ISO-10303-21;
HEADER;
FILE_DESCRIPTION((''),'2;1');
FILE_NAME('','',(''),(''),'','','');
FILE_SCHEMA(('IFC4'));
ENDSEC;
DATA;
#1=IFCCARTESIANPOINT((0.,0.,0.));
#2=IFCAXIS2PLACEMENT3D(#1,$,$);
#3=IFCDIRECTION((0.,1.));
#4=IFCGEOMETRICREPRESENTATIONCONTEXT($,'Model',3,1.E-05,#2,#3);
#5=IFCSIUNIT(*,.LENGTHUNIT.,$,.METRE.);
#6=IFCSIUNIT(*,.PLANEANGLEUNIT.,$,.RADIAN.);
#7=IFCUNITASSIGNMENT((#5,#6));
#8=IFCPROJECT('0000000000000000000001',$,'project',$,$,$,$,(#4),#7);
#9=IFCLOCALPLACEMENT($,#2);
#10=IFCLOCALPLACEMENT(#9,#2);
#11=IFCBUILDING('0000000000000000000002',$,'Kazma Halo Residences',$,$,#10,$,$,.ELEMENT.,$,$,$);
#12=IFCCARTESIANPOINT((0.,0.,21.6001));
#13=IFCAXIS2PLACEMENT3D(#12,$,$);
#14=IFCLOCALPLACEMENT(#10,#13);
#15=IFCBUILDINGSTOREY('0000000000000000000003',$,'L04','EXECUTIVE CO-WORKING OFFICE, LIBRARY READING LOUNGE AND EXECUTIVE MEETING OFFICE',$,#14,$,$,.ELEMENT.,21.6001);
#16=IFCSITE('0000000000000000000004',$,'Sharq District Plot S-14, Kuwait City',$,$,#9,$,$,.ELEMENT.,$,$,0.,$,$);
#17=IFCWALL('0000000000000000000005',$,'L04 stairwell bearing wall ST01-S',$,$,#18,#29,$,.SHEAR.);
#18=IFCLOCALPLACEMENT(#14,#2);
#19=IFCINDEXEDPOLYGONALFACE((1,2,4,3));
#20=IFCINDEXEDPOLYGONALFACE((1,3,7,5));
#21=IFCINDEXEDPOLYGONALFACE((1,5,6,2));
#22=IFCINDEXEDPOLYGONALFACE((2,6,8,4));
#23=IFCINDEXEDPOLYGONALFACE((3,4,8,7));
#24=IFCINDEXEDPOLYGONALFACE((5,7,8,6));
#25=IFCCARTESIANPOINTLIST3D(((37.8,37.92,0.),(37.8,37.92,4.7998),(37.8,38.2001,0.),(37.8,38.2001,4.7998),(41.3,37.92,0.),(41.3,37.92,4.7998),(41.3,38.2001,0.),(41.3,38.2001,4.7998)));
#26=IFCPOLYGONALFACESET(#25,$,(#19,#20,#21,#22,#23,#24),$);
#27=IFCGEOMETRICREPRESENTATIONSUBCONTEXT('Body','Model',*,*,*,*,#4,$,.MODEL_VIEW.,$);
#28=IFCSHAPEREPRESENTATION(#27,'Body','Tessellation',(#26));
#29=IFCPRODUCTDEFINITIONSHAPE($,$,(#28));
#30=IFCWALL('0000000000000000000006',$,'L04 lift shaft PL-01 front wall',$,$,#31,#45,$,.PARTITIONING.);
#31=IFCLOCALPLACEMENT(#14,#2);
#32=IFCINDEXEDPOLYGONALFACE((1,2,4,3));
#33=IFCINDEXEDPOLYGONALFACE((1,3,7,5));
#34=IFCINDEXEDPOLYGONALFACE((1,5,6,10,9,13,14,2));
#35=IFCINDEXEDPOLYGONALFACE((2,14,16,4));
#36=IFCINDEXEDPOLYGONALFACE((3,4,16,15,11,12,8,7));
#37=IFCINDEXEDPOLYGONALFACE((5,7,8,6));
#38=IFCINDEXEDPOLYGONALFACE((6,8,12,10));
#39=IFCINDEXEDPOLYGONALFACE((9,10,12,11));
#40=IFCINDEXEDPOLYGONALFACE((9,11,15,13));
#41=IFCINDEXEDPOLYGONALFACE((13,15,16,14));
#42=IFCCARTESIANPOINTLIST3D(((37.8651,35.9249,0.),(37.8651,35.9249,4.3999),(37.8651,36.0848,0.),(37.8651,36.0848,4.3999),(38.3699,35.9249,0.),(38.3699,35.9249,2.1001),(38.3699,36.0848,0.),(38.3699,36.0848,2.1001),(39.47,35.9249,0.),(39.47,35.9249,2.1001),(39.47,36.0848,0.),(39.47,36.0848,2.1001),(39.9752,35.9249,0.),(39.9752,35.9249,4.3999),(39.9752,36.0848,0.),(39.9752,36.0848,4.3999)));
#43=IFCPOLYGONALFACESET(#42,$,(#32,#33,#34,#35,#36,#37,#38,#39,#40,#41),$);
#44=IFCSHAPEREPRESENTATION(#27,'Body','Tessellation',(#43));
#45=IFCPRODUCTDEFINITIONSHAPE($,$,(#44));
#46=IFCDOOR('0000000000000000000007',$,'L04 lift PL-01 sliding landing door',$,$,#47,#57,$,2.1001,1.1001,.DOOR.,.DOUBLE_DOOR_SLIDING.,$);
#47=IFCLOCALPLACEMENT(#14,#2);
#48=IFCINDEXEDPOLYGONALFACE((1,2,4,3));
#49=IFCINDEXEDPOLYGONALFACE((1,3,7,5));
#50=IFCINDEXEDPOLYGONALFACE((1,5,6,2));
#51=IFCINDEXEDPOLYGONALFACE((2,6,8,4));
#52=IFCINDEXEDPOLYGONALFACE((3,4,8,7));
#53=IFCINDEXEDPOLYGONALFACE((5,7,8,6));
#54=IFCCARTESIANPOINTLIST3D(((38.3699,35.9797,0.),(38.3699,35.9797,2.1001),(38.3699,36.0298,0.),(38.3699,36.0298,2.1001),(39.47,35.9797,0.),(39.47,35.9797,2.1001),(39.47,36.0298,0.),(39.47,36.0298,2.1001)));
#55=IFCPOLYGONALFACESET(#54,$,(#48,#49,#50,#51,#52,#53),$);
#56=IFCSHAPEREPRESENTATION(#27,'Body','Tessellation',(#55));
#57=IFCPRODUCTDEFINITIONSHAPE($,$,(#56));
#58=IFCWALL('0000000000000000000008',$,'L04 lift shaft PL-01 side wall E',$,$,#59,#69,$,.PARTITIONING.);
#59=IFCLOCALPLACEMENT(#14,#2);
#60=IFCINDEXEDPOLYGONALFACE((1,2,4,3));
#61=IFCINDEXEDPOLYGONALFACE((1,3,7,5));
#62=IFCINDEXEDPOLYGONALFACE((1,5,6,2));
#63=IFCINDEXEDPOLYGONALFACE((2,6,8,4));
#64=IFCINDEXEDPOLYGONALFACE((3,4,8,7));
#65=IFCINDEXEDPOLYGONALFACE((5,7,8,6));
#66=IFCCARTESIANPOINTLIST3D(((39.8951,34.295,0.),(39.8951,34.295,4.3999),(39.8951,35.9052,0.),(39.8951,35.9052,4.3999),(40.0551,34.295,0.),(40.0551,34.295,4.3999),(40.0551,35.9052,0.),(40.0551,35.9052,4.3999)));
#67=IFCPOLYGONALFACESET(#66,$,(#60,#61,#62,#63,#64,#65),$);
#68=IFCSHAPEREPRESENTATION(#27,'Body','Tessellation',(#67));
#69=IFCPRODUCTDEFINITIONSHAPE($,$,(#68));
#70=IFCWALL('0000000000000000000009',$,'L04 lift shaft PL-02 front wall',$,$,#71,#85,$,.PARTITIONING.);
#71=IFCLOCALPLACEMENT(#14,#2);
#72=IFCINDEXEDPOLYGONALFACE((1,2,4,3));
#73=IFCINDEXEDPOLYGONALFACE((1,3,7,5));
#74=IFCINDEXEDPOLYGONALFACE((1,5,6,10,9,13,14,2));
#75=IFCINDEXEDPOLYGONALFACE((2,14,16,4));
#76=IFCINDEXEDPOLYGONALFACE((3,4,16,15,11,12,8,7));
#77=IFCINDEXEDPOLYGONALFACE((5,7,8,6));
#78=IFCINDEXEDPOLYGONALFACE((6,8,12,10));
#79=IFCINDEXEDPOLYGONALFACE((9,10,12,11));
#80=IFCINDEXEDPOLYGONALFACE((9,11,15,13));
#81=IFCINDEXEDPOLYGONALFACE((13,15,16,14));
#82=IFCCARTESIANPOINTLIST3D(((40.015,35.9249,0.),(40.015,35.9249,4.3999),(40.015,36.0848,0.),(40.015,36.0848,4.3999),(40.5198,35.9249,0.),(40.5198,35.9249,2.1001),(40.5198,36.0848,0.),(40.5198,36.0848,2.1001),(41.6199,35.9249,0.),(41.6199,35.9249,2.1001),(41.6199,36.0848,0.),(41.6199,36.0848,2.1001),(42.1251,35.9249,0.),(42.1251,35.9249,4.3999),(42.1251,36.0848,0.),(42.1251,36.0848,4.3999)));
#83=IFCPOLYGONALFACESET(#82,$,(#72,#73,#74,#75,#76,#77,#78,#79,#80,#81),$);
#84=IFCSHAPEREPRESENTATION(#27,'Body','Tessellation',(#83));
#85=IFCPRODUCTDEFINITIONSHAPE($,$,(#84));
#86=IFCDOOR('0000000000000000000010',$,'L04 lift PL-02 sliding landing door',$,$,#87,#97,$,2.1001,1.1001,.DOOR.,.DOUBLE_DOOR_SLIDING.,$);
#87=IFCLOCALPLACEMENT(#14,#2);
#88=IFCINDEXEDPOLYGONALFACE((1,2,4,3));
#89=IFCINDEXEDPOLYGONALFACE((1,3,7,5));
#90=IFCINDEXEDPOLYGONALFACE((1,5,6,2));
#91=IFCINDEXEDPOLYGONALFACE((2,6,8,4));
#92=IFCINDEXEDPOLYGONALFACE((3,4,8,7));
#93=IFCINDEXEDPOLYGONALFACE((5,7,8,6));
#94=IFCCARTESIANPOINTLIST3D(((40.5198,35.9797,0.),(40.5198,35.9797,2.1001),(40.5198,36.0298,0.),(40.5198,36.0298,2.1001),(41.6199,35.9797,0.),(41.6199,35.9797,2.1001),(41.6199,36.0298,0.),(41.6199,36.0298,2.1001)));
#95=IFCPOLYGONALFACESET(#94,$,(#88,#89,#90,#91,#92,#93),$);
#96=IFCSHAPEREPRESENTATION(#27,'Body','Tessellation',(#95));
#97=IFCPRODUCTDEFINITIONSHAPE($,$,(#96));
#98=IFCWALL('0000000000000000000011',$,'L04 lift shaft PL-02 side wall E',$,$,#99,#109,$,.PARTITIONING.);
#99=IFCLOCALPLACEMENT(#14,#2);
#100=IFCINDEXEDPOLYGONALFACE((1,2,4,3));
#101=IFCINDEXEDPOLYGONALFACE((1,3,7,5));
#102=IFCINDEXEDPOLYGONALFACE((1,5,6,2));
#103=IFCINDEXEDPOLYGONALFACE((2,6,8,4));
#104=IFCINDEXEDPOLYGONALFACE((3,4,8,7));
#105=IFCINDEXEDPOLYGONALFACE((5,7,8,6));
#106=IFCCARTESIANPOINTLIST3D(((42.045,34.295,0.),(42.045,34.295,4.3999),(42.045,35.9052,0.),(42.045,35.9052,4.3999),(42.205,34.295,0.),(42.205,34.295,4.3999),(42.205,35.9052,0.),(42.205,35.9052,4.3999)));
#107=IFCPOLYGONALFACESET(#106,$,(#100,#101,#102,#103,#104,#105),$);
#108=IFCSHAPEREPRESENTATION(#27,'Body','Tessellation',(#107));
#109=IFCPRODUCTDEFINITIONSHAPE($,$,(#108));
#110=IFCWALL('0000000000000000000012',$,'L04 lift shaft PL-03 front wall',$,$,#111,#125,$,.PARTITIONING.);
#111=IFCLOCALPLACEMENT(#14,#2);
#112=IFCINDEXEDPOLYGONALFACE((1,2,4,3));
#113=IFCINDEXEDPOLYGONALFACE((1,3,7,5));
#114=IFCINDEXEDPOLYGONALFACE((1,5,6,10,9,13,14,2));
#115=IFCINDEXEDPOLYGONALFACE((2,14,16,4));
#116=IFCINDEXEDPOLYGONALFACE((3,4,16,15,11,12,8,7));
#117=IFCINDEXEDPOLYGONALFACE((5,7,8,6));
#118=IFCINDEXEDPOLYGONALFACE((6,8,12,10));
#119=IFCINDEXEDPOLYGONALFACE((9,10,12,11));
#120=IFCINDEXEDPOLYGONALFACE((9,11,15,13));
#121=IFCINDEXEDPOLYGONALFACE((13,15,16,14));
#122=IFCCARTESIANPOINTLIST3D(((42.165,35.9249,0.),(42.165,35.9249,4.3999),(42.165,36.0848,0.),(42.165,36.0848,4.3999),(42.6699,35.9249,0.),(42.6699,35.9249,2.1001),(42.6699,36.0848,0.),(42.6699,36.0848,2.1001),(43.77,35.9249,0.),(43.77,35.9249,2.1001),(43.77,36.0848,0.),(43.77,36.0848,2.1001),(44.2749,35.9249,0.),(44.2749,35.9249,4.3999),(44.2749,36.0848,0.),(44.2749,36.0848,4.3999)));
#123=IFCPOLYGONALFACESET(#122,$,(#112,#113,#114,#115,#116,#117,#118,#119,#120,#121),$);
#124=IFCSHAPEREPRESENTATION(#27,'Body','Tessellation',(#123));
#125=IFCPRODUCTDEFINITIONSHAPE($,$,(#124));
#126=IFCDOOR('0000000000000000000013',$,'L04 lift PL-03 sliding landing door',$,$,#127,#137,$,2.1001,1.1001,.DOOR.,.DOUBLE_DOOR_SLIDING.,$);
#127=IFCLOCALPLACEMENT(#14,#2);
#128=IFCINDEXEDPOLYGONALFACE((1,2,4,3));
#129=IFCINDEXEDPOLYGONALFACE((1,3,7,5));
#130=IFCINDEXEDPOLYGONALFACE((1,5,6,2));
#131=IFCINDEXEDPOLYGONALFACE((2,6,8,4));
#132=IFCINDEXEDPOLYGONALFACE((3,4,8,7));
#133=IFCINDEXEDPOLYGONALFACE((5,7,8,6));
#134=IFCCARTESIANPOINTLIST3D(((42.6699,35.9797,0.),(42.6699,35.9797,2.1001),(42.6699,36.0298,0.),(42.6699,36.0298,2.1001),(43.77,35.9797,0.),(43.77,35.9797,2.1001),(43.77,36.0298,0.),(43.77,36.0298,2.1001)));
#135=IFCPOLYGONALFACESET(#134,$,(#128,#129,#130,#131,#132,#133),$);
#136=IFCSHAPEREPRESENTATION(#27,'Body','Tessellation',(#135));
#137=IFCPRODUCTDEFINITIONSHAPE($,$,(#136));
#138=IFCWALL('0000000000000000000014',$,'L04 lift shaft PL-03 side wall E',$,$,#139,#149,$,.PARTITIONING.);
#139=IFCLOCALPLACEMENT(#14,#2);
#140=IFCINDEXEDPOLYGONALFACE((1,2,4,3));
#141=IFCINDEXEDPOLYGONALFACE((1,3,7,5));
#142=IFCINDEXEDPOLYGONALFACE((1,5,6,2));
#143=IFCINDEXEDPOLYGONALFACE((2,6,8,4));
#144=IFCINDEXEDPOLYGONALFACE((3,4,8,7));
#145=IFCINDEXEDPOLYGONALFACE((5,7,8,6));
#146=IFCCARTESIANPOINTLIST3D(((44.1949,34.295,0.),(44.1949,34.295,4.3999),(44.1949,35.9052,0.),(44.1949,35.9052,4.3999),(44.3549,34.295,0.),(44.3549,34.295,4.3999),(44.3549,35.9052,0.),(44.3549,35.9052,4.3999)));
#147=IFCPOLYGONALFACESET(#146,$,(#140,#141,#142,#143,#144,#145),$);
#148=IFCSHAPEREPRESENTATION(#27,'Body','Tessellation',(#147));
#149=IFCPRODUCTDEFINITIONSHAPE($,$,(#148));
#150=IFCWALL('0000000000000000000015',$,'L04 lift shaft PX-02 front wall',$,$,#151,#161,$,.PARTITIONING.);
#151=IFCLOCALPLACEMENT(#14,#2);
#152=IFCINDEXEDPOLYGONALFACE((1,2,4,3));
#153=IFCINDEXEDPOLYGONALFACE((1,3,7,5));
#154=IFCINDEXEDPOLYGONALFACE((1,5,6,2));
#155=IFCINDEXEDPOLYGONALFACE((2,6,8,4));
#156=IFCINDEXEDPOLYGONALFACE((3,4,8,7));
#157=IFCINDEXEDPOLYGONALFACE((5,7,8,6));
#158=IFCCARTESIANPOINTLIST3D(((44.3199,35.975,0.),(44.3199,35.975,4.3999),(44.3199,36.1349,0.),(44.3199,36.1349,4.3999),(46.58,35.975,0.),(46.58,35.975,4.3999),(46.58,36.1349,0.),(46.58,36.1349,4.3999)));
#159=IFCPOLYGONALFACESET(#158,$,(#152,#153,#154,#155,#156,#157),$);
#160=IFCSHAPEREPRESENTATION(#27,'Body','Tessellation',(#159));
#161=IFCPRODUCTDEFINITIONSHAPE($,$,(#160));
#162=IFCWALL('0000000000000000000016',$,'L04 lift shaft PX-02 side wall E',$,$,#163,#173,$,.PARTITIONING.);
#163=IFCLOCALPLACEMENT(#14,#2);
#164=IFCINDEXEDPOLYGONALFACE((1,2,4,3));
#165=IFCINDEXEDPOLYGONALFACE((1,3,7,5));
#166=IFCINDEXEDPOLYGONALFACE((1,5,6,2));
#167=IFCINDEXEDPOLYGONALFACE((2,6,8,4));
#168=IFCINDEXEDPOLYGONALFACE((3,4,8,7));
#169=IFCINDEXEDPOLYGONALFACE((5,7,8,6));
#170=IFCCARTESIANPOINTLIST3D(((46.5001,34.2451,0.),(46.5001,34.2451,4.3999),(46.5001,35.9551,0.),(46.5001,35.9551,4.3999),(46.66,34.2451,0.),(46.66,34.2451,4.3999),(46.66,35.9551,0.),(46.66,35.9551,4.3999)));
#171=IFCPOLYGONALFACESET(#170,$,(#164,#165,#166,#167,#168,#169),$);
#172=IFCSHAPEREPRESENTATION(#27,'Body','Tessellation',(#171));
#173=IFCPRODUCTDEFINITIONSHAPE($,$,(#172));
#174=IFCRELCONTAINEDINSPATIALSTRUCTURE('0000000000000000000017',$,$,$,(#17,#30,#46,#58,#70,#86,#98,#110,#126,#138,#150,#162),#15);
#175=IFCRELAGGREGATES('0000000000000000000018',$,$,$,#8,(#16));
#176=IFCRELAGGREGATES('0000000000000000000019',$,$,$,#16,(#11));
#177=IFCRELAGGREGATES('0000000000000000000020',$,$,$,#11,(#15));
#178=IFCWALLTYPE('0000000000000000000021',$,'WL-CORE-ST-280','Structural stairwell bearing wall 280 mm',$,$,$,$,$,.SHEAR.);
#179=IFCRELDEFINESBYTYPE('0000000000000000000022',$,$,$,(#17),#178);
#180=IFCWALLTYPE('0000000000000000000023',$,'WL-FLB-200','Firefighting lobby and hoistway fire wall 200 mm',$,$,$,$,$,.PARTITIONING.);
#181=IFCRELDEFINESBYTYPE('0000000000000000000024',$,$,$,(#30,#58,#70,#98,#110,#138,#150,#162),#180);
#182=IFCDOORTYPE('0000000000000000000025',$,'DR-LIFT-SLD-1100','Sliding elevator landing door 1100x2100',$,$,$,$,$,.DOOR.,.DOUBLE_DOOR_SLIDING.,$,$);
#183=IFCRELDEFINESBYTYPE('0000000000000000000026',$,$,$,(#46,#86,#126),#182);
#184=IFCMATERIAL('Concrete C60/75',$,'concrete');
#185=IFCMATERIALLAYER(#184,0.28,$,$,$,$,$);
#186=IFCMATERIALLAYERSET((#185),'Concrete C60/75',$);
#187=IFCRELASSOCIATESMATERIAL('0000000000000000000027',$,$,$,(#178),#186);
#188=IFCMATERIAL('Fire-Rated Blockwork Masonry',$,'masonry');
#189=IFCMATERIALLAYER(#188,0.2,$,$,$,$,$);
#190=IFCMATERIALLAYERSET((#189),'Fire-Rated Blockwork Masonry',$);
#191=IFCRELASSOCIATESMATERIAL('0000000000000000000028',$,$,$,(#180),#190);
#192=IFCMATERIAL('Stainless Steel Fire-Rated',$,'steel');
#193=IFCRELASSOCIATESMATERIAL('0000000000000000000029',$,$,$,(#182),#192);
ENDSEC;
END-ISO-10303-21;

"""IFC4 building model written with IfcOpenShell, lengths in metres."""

from ifc_helpers import new_model, si_unit, direction, frame, frame_2d, origin, place, context, subcontext, project, spatial, rectangle, extrude, material, layer, layer_set, type_object, element, fill, save


model = new_model("IFC4")

# Units and contexts
model_context = context("Model", 3, precision=1e-05, world=origin(), true_north=direction((0.0, 1.0)))
body_context = subcontext(model_context, "Body", "Model", "MODEL_VIEW")
ifc_project = project(units=[si_unit("LENGTHUNIT", "METRE"), si_unit("PLANEANGLEUNIT", "RADIAN")], contexts=[model_context])

# Site, building, storey
site_placement = place(None, origin())
site = spatial("IfcSite", under=ifc_project, at=site_placement, Name="Sharq District Plot S-14, Kuwait City", CompositionType="ELEMENT", RefElevation=0.0)
building_placement = place(site_placement, origin())
building = spatial("IfcBuilding", under=site, at=building_placement, Name="Kazma Halo Residences", CompositionType="ELEMENT")
storey_placement = place(building_placement, frame((0.0, 0.0, 21.6001)))
storey = spatial("IfcBuildingStorey", under=building, at=storey_placement, Name="L04", Description="EXECUTIVE CO-WORKING OFFICE, LIBRARY READING LOUNGE AND EXECUTIVE MEETING OFFICE", CompositionType="ELEMENT", Elevation=21.6001)

# Wall
ifc_material_1 = material(Name="Concrete C60/75", Category="concrete")
ifc_layer_1 = layer(ifc_material_1, 0.28)
ifc_layer_set_1 = layer_set([ifc_layer_1], Name="Concrete C60/75")
wall_type_1 = type_object("IfcWallType", Name="WL-CORE-ST-280", Description="Structural stairwell bearing wall 280 mm", PredefinedType="SHEAR", material=ifc_layer_set_1)
wall_1_placement = place(storey_placement, frame((37.8, 38.0601, 0.0), z_axis=(0.0, 0.0, 1.0), x_axis=(1.0, 0.0, 0.0)))
element("IfcWall", 1, at=wall_1_placement, inside=storey, type_object=wall_type_1, Name="L04 stairwell bearing wall ST01-S", PredefinedType="SHEAR", context=body_context, shape_type="SweptSolid", body=[
    extrude(rectangle(XDim=3.5, YDim=0.28, at=frame_2d((1.75, 0.0))), origin(), (0.0, 0.0, 1.0), 4.7998),
])

# Wall, opening, door
ifc_material_2 = material(Name="Fire-Rated Blockwork Masonry", Category="masonry")
ifc_layer_2 = layer(ifc_material_2, 0.2)
ifc_layer_set_2 = layer_set([ifc_layer_2], Name="Fire-Rated Blockwork Masonry")
wall_type_2 = type_object("IfcWallType", Name="WL-FLB-200", Description="Firefighting lobby and hoistway fire wall 200 mm", PredefinedType="PARTITIONING", material=ifc_layer_set_2)
wall_2_placement = place(storey_placement, frame((37.865, 36.0049, 0.0), z_axis=(0.0, 0.0, 1.0), x_axis=(1.0, 0.0, 0.0)))
wall_2 = element("IfcWall", 2, at=wall_2_placement, inside=storey, type_object=wall_type_2, Name="L04 lift shaft PL-01 front wall", PredefinedType="PARTITIONING", context=body_context, shape_type="SweptSolid", body=[
    extrude(rectangle(XDim=2.1101, YDim=0.1599, at=frame_2d((1.0552, 0.0))), origin(), (0.0, 0.0, 1.0), 4.3999),
])
opening_1_placement = place(wall_2_placement, frame((0.5049, 0.0, 0.0)))
opening_1 = element("IfcOpeningElement", 3, at=opening_1_placement, cuts=wall_2, PredefinedType="OPENING", context=body_context, shape_type="SweptSolid", body=[
    extrude(rectangle(XDim=1.1001, YDim=2.1001, at=frame_2d((0.55, 1.05))), frame((0.0, 0.0898, 0.0), z_axis=(0.0, -1.0, 0.0), x_axis=(1.0, 0.0, 0.0)), (0.0, 0.0, 1.0), 0.1799),
])
ifc_material_3 = material(Name="Stainless Steel Fire-Rated", Category="steel")
door_type_1 = type_object("IfcDoorType", Name="DR-LIFT-SLD-1100", Description="Sliding elevator landing door 1100x2100", OperationType="DOUBLE_DOOR_SLIDING", PredefinedType="DOOR", material=ifc_material_3)
door_1_placement = place(opening_1_placement, origin())
door_1 = element("IfcDoor", 4, at=door_1_placement, inside=storey, type_object=door_type_1, Name="L04 lift PL-01 sliding landing door", OperationType="DOUBLE_DOOR_SLIDING", OverallHeight=2.1001, OverallWidth=1.1001, PredefinedType="DOOR", context=body_context, shape_type="SweptSolid", body=[
    extrude(rectangle(XDim=1.1001, YDim=2.1001, at=frame_2d((0.55, 1.05))), frame((0.0, 0.0249, 0.0), z_axis=(0.0, -1.0, 0.0), x_axis=(1.0, 0.0, 0.0)), (0.0, 0.0, 1.0), 0.05),
])
fill(opening_1, door_1)

# Wall
wall_3_placement = place(storey_placement, frame((39.9751, 34.2949, 0.0), z_axis=(0.0, 0.0, 1.0), x_axis=(0.0, 1.0, 0.0)))
element("IfcWall", 5, at=wall_3_placement, inside=storey, type_object=wall_type_2, Name="L04 lift shaft PL-01 side wall E", PredefinedType="PARTITIONING", context=body_context, shape_type="SweptSolid", body=[
    extrude(rectangle(XDim=1.6101, YDim=0.1599, at=frame_2d((0.8052, 0.0))), origin(), (0.0, 0.0, 1.0), 4.3999),
])

# Wall, opening, door
wall_4_placement = place(storey_placement, frame((40.0149, 36.0049, 0.0), z_axis=(0.0, 0.0, 1.0), x_axis=(1.0, 0.0, 0.0)))
wall_4 = element("IfcWall", 6, at=wall_4_placement, inside=storey, type_object=wall_type_2, Name="L04 lift shaft PL-02 front wall", PredefinedType="PARTITIONING", context=body_context, shape_type="SweptSolid", body=[
    extrude(rectangle(XDim=2.1101, YDim=0.1599, at=frame_2d((1.0552, 0.0))), origin(), (0.0, 0.0, 1.0), 4.3999),
])
opening_2_placement = place(wall_4_placement, frame((0.5049, 0.0, 0.0)))
opening_2 = element("IfcOpeningElement", 7, at=opening_2_placement, cuts=wall_4, PredefinedType="OPENING", context=body_context, shape_type="SweptSolid", body=[
    extrude(rectangle(XDim=1.1001, YDim=2.1001, at=frame_2d((0.55, 1.05))), frame((0.0, 0.0898, 0.0), z_axis=(0.0, -1.0, 0.0), x_axis=(1.0, 0.0, 0.0)), (0.0, 0.0, 1.0), 0.1799),
])
door_2_placement = place(opening_2_placement, origin())
door_2 = element("IfcDoor", 8, at=door_2_placement, inside=storey, type_object=door_type_1, Name="L04 lift PL-02 sliding landing door", OperationType="DOUBLE_DOOR_SLIDING", OverallHeight=2.1001, OverallWidth=1.1001, PredefinedType="DOOR", context=body_context, shape_type="SweptSolid", body=[
    extrude(rectangle(XDim=1.1001, YDim=2.1001, at=frame_2d((0.55, 1.05))), frame((0.0, 0.0249, 0.0), z_axis=(0.0, -1.0, 0.0), x_axis=(1.0, 0.0, 0.0)), (0.0, 0.0, 1.0), 0.05),
])
fill(opening_2, door_2)

# Wall
wall_5_placement = place(storey_placement, frame((42.125, 34.2949, 0.0), z_axis=(0.0, 0.0, 1.0), x_axis=(0.0, 1.0, 0.0)))
element("IfcWall", 9, at=wall_5_placement, inside=storey, type_object=wall_type_2, Name="L04 lift shaft PL-02 side wall E", PredefinedType="PARTITIONING", context=body_context, shape_type="SweptSolid", body=[
    extrude(rectangle(XDim=1.6101, YDim=0.1599, at=frame_2d((0.8052, 0.0))), origin(), (0.0, 0.0, 1.0), 4.3999),
])

# Wall, opening, door
wall_6_placement = place(storey_placement, frame((42.165, 36.0049, 0.0), z_axis=(0.0, 0.0, 1.0), x_axis=(1.0, 0.0, 0.0)))
wall_6 = element("IfcWall", 10, at=wall_6_placement, inside=storey, type_object=wall_type_2, Name="L04 lift shaft PL-03 front wall", PredefinedType="PARTITIONING", context=body_context, shape_type="SweptSolid", body=[
    extrude(rectangle(XDim=2.1099, YDim=0.1599, at=frame_2d((1.0549, 0.0))), origin(), (0.0, 0.0, 1.0), 4.3999),
])
opening_3_placement = place(wall_6_placement, frame((0.5049, 0.0, 0.0)))
opening_3 = element("IfcOpeningElement", 11, at=opening_3_placement, cuts=wall_6, PredefinedType="OPENING", context=body_context, shape_type="SweptSolid", body=[
    extrude(rectangle(XDim=1.1001, YDim=2.1001, at=frame_2d((0.55, 1.05))), frame((0.0, 0.0898, 0.0), z_axis=(0.0, -1.0, 0.0), x_axis=(1.0, 0.0, 0.0)), (0.0, 0.0, 1.0), 0.1799),
])
door_3_placement = place(opening_3_placement, origin())
door_3 = element("IfcDoor", 12, at=door_3_placement, inside=storey, type_object=door_type_1, Name="L04 lift PL-03 sliding landing door", OperationType="DOUBLE_DOOR_SLIDING", OverallHeight=2.1001, OverallWidth=1.1001, PredefinedType="DOOR", context=body_context, shape_type="SweptSolid", body=[
    extrude(rectangle(XDim=1.1001, YDim=2.1001, at=frame_2d((0.55, 1.05))), frame((0.0, 0.0249, 0.0), z_axis=(0.0, -1.0, 0.0), x_axis=(1.0, 0.0, 0.0)), (0.0, 0.0, 1.0), 0.05),
])
fill(opening_3, door_3)

# Walls
wall_7_placement = place(storey_placement, frame((44.2749, 34.2949, 0.0), z_axis=(0.0, 0.0, 1.0), x_axis=(0.0, 1.0, 0.0)))
element("IfcWall", 13, at=wall_7_placement, inside=storey, type_object=wall_type_2, Name="L04 lift shaft PL-03 side wall E", PredefinedType="PARTITIONING", context=body_context, shape_type="SweptSolid", body=[
    extrude(rectangle(XDim=1.6101, YDim=0.1599, at=frame_2d((0.8052, 0.0))), origin(), (0.0, 0.0, 1.0), 4.3999),
])
wall_8_placement = place(storey_placement, frame((44.3201, 36.0549, 0.0), z_axis=(0.0, 0.0, 1.0), x_axis=(1.0, 0.0, 0.0)))
element("IfcWall", 14, at=wall_8_placement, inside=storey, type_object=wall_type_2, Name="L04 lift shaft PX-02 front wall", PredefinedType="PARTITIONING", context=body_context, shape_type="SweptSolid", body=[
    extrude(rectangle(XDim=2.26, YDim=0.1599, at=frame_2d((1.1299, 0.0))), origin(), (0.0, 0.0, 1.0), 4.3999),
])
wall_9_placement = place(storey_placement, frame((46.5801, 34.2451, 0.0), z_axis=(0.0, 0.0, 1.0), x_axis=(0.0, 1.0, 0.0)))
element("IfcWall", 15, at=wall_9_placement, inside=storey, type_object=wall_type_2, Name="L04 lift shaft PX-02 side wall E", PredefinedType="PARTITIONING", context=body_context, shape_type="SweptSolid", body=[
    extrude(rectangle(XDim=1.71, YDim=0.1599, at=frame_2d((0.855, 0.0))), origin(), (0.0, 0.0, 1.0), 4.3999),
])

save(model, "model.ifc")
